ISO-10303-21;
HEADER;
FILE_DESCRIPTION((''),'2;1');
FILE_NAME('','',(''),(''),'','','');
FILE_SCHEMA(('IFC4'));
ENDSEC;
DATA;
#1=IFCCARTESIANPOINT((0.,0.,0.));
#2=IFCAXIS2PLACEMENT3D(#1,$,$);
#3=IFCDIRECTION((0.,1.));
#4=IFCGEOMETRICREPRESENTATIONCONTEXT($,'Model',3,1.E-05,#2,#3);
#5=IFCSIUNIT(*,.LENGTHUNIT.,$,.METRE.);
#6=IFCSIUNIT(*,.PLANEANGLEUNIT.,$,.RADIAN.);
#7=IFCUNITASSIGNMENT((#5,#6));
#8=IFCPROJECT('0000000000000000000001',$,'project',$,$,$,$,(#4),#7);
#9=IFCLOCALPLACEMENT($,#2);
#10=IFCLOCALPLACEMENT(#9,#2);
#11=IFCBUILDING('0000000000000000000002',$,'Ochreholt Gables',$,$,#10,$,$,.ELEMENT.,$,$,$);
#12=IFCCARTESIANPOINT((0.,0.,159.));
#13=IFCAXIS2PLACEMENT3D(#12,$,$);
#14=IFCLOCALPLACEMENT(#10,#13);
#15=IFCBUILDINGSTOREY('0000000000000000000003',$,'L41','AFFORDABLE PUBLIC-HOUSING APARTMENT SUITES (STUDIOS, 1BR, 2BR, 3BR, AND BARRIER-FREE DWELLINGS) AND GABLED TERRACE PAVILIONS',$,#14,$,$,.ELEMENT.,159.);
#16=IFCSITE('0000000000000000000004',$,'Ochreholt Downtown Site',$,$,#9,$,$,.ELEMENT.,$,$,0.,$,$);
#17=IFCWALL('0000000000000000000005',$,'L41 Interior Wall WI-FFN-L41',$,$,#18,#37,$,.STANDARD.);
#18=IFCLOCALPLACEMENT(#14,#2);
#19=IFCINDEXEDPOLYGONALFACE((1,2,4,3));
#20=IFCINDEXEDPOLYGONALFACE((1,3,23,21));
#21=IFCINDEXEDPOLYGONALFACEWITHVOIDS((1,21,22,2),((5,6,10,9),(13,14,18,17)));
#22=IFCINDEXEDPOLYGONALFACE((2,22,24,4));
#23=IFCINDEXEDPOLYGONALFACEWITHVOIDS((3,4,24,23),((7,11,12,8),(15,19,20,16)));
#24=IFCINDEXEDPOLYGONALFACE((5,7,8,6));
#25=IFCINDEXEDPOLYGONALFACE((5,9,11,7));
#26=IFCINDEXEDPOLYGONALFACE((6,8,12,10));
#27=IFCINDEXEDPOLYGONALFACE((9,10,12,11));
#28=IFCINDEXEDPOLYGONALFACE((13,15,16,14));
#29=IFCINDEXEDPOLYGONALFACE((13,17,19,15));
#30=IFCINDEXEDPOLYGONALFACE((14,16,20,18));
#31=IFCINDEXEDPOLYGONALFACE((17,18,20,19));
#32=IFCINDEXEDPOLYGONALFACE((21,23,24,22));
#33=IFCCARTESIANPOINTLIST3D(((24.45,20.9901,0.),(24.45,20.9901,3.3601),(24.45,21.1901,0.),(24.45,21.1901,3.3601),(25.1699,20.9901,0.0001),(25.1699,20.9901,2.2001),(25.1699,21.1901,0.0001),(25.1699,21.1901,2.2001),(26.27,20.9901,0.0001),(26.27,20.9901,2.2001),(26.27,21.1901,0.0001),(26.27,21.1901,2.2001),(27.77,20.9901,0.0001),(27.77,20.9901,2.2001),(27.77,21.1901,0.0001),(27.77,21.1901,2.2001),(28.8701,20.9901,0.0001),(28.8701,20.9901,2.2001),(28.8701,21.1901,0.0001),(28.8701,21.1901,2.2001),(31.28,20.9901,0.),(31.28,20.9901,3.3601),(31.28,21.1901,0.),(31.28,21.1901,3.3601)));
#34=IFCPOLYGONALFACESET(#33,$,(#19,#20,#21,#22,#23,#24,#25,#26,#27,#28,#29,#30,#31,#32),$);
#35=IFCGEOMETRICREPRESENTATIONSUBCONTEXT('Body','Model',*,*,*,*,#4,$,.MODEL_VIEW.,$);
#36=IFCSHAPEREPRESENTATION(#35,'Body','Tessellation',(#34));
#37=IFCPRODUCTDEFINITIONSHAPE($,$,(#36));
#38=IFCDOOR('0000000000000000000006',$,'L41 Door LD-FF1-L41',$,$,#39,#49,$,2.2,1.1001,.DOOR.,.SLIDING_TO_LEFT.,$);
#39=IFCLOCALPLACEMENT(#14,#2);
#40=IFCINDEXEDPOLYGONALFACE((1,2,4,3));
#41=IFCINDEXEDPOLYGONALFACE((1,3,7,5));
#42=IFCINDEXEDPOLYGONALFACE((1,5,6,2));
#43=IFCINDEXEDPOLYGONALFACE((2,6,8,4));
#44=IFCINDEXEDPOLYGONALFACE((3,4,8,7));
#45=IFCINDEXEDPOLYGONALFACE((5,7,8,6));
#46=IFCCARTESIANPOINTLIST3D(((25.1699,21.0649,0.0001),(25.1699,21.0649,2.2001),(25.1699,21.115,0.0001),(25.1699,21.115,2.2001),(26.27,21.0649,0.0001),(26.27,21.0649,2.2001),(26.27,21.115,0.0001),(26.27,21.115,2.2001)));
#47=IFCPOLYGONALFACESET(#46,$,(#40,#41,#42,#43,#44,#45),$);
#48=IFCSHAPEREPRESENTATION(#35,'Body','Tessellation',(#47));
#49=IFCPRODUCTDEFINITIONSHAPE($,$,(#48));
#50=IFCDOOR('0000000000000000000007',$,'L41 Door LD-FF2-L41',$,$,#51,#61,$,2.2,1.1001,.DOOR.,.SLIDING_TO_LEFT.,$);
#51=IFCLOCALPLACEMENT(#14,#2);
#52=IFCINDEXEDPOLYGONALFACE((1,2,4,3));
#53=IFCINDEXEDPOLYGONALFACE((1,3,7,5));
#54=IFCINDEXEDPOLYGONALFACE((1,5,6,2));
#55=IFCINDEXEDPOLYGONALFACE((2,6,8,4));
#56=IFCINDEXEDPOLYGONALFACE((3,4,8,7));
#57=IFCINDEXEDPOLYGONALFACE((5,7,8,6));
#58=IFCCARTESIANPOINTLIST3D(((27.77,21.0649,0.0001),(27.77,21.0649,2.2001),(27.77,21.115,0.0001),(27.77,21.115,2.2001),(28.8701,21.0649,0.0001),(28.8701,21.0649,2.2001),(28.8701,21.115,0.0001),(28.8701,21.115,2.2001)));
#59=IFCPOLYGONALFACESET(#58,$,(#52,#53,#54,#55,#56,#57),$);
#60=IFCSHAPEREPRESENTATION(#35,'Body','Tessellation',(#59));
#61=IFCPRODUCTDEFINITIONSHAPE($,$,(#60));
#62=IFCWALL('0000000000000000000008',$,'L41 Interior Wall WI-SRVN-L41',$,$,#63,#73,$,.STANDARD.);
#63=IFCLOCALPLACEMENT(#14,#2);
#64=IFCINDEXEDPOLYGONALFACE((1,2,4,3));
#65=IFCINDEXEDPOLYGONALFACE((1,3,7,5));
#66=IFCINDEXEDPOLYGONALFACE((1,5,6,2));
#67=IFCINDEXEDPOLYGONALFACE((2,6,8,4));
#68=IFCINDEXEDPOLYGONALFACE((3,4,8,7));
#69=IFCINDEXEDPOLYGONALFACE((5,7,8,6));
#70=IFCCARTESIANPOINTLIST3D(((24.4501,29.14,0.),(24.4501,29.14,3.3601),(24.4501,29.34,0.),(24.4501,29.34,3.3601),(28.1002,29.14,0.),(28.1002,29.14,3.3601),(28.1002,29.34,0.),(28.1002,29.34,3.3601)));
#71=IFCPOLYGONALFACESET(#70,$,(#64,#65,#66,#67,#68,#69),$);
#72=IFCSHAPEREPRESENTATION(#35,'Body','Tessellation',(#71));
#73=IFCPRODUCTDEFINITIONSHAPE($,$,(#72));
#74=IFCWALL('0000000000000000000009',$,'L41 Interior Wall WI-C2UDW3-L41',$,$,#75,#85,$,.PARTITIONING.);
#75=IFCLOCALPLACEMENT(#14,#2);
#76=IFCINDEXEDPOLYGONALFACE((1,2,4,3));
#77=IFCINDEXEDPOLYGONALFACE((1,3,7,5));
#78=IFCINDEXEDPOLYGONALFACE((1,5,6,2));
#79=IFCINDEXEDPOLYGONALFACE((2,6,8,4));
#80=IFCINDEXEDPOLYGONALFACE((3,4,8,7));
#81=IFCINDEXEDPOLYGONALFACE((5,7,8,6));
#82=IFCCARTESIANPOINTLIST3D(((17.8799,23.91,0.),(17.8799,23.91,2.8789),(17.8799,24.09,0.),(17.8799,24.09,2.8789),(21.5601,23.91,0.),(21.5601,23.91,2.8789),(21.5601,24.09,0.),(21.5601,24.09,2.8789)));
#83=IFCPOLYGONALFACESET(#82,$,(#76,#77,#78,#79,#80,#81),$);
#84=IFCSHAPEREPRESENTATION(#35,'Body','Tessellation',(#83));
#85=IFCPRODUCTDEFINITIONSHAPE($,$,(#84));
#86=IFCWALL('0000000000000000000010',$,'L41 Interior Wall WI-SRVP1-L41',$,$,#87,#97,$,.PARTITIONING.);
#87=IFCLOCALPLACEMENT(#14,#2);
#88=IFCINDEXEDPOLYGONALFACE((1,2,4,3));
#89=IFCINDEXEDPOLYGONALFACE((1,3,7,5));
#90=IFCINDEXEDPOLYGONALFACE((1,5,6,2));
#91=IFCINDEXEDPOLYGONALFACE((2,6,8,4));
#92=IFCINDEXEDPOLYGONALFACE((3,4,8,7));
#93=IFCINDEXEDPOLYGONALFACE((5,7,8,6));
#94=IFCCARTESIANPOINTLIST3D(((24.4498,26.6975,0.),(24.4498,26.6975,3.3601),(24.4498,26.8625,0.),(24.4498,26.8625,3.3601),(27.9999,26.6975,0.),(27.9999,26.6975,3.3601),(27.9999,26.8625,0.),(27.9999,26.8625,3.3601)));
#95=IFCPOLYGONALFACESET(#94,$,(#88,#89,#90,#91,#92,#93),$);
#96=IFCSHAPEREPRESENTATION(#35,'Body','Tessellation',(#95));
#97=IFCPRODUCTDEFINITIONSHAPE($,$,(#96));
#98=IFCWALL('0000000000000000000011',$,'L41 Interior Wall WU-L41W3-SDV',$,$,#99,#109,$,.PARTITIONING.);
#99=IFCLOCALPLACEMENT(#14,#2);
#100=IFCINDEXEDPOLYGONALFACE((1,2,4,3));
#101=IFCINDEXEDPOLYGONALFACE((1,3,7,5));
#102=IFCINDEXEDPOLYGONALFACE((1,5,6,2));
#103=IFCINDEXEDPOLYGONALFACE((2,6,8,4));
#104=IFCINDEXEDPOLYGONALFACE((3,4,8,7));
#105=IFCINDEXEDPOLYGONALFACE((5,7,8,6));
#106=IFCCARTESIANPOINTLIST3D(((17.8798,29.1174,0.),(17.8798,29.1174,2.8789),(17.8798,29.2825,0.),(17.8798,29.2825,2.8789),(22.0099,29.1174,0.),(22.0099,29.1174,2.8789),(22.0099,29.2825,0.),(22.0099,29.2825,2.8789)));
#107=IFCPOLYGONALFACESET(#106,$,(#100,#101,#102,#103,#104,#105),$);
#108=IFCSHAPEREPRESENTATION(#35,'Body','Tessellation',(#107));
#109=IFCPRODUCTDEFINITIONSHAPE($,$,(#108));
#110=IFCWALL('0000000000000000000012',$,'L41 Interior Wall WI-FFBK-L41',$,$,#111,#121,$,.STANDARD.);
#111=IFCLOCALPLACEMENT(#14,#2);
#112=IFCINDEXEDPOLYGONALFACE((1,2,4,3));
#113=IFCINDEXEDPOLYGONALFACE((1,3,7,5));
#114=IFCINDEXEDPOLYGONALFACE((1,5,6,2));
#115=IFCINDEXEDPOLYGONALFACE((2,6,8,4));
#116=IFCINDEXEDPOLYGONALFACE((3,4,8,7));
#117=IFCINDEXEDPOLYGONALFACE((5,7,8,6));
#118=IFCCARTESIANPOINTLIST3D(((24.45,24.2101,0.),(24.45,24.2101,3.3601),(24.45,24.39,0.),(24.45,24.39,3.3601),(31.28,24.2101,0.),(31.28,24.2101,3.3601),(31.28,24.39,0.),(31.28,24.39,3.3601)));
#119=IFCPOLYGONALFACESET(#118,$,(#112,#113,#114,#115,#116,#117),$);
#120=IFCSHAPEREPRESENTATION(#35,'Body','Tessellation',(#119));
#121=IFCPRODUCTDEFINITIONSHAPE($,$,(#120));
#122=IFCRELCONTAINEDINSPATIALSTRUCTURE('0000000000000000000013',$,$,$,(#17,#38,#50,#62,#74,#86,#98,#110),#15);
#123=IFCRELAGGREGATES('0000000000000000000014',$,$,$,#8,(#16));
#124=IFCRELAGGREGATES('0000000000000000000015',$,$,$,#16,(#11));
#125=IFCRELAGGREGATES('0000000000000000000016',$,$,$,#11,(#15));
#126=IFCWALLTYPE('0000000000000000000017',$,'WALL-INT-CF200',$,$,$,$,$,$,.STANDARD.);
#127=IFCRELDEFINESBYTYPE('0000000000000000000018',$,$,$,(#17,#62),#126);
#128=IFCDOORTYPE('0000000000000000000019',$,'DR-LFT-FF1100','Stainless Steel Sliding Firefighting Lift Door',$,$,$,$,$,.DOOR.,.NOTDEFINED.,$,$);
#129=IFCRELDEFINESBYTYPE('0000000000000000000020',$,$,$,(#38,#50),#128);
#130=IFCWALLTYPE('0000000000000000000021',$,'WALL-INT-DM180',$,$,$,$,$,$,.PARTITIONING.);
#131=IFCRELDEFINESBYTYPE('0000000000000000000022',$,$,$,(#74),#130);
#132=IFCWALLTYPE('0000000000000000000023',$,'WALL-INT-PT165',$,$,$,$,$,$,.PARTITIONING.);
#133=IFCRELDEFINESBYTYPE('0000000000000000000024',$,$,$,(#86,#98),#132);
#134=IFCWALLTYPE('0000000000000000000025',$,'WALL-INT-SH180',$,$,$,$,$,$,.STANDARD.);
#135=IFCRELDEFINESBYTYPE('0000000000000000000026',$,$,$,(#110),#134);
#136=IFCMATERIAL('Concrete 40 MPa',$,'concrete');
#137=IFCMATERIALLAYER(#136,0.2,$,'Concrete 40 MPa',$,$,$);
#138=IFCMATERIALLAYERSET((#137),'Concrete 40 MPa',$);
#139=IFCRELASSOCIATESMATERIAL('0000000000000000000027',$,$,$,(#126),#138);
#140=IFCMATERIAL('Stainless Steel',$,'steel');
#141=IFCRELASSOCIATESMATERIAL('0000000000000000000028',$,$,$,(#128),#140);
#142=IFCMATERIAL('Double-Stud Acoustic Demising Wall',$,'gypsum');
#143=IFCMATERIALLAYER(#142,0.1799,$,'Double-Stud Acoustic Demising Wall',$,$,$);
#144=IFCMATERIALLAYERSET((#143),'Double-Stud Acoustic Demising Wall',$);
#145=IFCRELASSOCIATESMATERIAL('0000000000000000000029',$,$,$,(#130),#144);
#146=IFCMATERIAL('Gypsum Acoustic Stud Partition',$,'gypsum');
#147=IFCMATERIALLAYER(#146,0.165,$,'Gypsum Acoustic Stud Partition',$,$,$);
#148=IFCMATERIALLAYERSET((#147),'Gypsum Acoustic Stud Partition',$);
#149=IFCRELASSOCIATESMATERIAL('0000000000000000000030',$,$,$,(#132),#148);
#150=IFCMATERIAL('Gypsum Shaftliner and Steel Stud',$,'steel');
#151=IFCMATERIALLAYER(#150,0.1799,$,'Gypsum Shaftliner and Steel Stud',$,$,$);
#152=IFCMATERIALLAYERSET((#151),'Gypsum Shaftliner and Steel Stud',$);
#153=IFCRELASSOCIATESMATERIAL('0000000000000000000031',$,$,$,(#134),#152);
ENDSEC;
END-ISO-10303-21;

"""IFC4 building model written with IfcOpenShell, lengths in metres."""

from ifc_helpers import new_model, si_unit, direction, frame, frame_2d, origin, place, context, subcontext, project, spatial, rectangle, extrude, material, layer, layer_set, type_object, element, fill, save


model = new_model("IFC4")

# Units and contexts
model_context = context("Model", 3, precision=1e-05, world=origin(), true_north=direction((0.0, 1.0)))
body_context = subcontext(model_context, "Body", "Model", "MODEL_VIEW")
ifc_project = project(units=[si_unit("LENGTHUNIT", "METRE"), si_unit("PLANEANGLEUNIT", "RADIAN")], contexts=[model_context])

# Site, building, storey
site_placement = place(None, origin())
site = spatial("IfcSite", under=ifc_project, at=site_placement, Name="Ochreholt Downtown Site", CompositionType="ELEMENT", RefElevation=0.0)
building_placement = place(site_placement, origin())
building = spatial("IfcBuilding", under=site, at=building_placement, Name="Ochreholt Gables", CompositionType="ELEMENT")
storey_placement = place(building_placement, frame((0.0, 0.0, 159.0)))
storey = spatial("IfcBuildingStorey", under=building, at=storey_placement, Name="L41", Description="AFFORDABLE PUBLIC-HOUSING APARTMENT SUITES (STUDIOS, 1BR, 2BR, 3BR, AND BARRIER-FREE DWELLINGS) AND GABLED TERRACE PAVILIONS", CompositionType="ELEMENT", Elevation=159.0)

# Wall, openings, doors
ifc_material_1 = material(Name="Concrete 40 MPa", Category="concrete")
ifc_layer_1 = layer(ifc_material_1, 0.2, Name="Concrete 40 MPa")
ifc_layer_set_1 = layer_set([ifc_layer_1], Name="Concrete 40 MPa")
wall_type_1 = type_object("IfcWallType", Name="WALL-INT-CF200", PredefinedType="STANDARD", material=ifc_layer_set_1)
wall_1_placement = place(storey_placement, frame((24.45, 21.0901, 0.0), z_axis=(0.0, 0.0, 1.0), x_axis=(1.0, 0.0, 0.0)))
wall_1 = element("IfcWall", 1, at=wall_1_placement, inside=storey, type_object=wall_type_1, Name="L41 Interior Wall WI-FFN-L41", PredefinedType="STANDARD", context=body_context, shape_type="SweptSolid", body=[
    extrude(rectangle(XDim=6.8301, YDim=0.2, at=frame_2d((3.415, 0.0))), origin(), (0.0, 0.0, 1.0), 3.3601),
])
opening_1_placement = place(wall_1_placement, frame((0.72, 0.0, 0.0)))
opening_1 = element("IfcOpeningElement", 2, at=opening_1_placement, cuts=wall_1, PredefinedType="OPENING", context=body_context, shape_type="SweptSolid", body=[
    extrude(rectangle(XDim=1.1001, YDim=2.2, at=frame_2d((0.55, 1.1001))), frame((0.0, 0.1099, 0.0), z_axis=(0.0, -1.0, 0.0), x_axis=(1.0, 0.0, 0.0)), (0.0, 0.0, 1.0), 0.22),
])
opening_2_placement = place(wall_1_placement, frame((3.3201, 0.0, 0.0)))
opening_2 = element("IfcOpeningElement", 3, at=opening_2_placement, cuts=wall_1, PredefinedType="OPENING", context=body_context, shape_type="SweptSolid", body=[
    extrude(rectangle(XDim=1.1001, YDim=2.2, at=frame_2d((0.55, 1.1001))), frame((0.0, 0.1099, 0.0), z_axis=(0.0, -1.0, 0.0), x_axis=(1.0, 0.0, 0.0)), (0.0, 0.0, 1.0), 0.22),
])
ifc_material_2 = material(Name="Stainless Steel", Category="steel")
door_type = type_object("IfcDoorType", Name="DR-LFT-FF1100", Description="Stainless Steel Sliding Firefighting Lift Door", OperationType="NOTDEFINED", PredefinedType="DOOR", material=ifc_material_2)
door_1_placement = place(opening_1_placement, origin())
door_1 = element("IfcDoor", 4, at=door_1_placement, inside=storey, type_object=door_type, Name="L41 Door LD-FF1-L41", OperationType="SLIDING_TO_LEFT", OverallHeight=2.2, OverallWidth=1.1001, PredefinedType="DOOR", context=body_context, shape_type="SweptSolid", body=[
    extrude(rectangle(XDim=1.1001, YDim=2.2, at=frame_2d((0.55, 1.1001))), frame((0.0, 0.0249, 0.0), z_axis=(0.0, -1.0, 0.0), x_axis=(1.0, 0.0, 0.0)), (0.0, 0.0, 1.0), 0.05),
])
fill(opening_1, door_1)
door_2_placement = place(opening_2_placement, origin())
door_2 = element("IfcDoor", 5, at=door_2_placement, inside=storey, type_object=door_type, Name="L41 Door LD-FF2-L41", OperationType="SLIDING_TO_LEFT", OverallHeight=2.2, OverallWidth=1.1001, PredefinedType="DOOR", context=body_context, shape_type="SweptSolid", body=[
    extrude(rectangle(XDim=1.1001, YDim=2.2, at=frame_2d((0.55, 1.1001))), frame((0.0, 0.0249, 0.0), z_axis=(0.0, -1.0, 0.0), x_axis=(1.0, 0.0, 0.0)), (0.0, 0.0, 1.0), 0.05),
])
fill(opening_2, door_2)

# Walls
wall_2_placement = place(storey_placement, frame((24.45, 29.24, 0.0), z_axis=(0.0, 0.0, 1.0), x_axis=(1.0, 0.0, 0.0)))
element("IfcWall", 6, at=wall_2_placement, inside=storey, type_object=wall_type_1, Name="L41 Interior Wall WI-SRVN-L41", PredefinedType="STANDARD", context=body_context, shape_type="SweptSolid", body=[
    extrude(rectangle(XDim=3.6501, YDim=0.2, at=frame_2d((1.8252, 0.0))), origin(), (0.0, 0.0, 1.0), 3.3601),
])
ifc_material_3 = material(Name="Double-Stud Acoustic Demising Wall", Category="gypsum")
ifc_layer_2 = layer(ifc_material_3, 0.1799, Name="Double-Stud Acoustic Demising Wall")
ifc_layer_set_2 = layer_set([ifc_layer_2], Name="Double-Stud Acoustic Demising Wall")
wall_type_2 = type_object("IfcWallType", Name="WALL-INT-DM180", PredefinedType="PARTITIONING", material=ifc_layer_set_2)
wall_3_placement = place(storey_placement, frame((17.8799, 24.0, 0.0), z_axis=(0.0, 0.0, 1.0), x_axis=(1.0, 0.0, 0.0)))
element("IfcWall", 7, at=wall_3_placement, inside=storey, type_object=wall_type_2, Name="L41 Interior Wall WI-C2UDW3-L41", PredefinedType="PARTITIONING", context=body_context, shape_type="SweptSolid", body=[
    extrude(rectangle(XDim=3.6802, YDim=0.1799, at=frame_2d((1.8401, 0.0))), origin(), (0.0, 0.0, 1.0), 2.8789),
])
ifc_material_4 = material(Name="Gypsum Acoustic Stud Partition", Category="gypsum")
ifc_layer_3 = layer(ifc_material_4, 0.165, Name="Gypsum Acoustic Stud Partition")
ifc_layer_set_3 = layer_set([ifc_layer_3], Name="Gypsum Acoustic Stud Partition")
wall_type_3 = type_object("IfcWallType", Name="WALL-INT-PT165", PredefinedType="PARTITIONING", material=ifc_layer_set_3)
wall_4_placement = place(storey_placement, frame((24.45, 26.78, 0.0), z_axis=(0.0, 0.0, 1.0), x_axis=(1.0, 0.0, 0.0)))
element("IfcWall", 8, at=wall_4_placement, inside=storey, type_object=wall_type_3, Name="L41 Interior Wall WI-SRVP1-L41", PredefinedType="PARTITIONING", context=body_context, shape_type="SweptSolid", body=[
    extrude(rectangle(XDim=3.55, YDim=0.165, at=frame_2d((1.7749, 0.0))), origin(), (0.0, 0.0, 1.0), 3.3601),
])
wall_5_placement = place(storey_placement, frame((17.8799, 29.2, 0.0), z_axis=(0.0, 0.0, 1.0), x_axis=(1.0, 0.0, 0.0)))
element("IfcWall", 9, at=wall_5_placement, inside=storey, type_object=wall_type_3, Name="L41 Interior Wall WU-L41W3-SDV", PredefinedType="PARTITIONING", context=body_context, shape_type="SweptSolid", body=[
    extrude(rectangle(XDim=4.1301, YDim=0.165, at=frame_2d((2.0649, 0.0))), origin(), (0.0, 0.0, 1.0), 2.8789),
])
ifc_material_5 = material(Name="Gypsum Shaftliner and Steel Stud", Category="steel")
ifc_layer_4 = layer(ifc_material_5, 0.1799, Name="Gypsum Shaftliner and Steel Stud")
ifc_layer_set_4 = layer_set([ifc_layer_4], Name="Gypsum Shaftliner and Steel Stud")
wall_type_4 = type_object("IfcWallType", Name="WALL-INT-SH180", PredefinedType="STANDARD", material=ifc_layer_set_4)
wall_6_placement = place(storey_placement, frame((24.45, 24.3, 0.0), z_axis=(0.0, 0.0, 1.0), x_axis=(1.0, 0.0, 0.0)))
element("IfcWall", 10, at=wall_6_placement, inside=storey, type_object=wall_type_4, Name="L41 Interior Wall WI-FFBK-L41", PredefinedType="STANDARD", context=body_context, shape_type="SweptSolid", body=[
    extrude(rectangle(XDim=6.8301, YDim=0.1799, at=frame_2d((3.415, 0.0))), origin(), (0.0, 0.0, 1.0), 3.3601),
])

save(model, "model.ifc")
